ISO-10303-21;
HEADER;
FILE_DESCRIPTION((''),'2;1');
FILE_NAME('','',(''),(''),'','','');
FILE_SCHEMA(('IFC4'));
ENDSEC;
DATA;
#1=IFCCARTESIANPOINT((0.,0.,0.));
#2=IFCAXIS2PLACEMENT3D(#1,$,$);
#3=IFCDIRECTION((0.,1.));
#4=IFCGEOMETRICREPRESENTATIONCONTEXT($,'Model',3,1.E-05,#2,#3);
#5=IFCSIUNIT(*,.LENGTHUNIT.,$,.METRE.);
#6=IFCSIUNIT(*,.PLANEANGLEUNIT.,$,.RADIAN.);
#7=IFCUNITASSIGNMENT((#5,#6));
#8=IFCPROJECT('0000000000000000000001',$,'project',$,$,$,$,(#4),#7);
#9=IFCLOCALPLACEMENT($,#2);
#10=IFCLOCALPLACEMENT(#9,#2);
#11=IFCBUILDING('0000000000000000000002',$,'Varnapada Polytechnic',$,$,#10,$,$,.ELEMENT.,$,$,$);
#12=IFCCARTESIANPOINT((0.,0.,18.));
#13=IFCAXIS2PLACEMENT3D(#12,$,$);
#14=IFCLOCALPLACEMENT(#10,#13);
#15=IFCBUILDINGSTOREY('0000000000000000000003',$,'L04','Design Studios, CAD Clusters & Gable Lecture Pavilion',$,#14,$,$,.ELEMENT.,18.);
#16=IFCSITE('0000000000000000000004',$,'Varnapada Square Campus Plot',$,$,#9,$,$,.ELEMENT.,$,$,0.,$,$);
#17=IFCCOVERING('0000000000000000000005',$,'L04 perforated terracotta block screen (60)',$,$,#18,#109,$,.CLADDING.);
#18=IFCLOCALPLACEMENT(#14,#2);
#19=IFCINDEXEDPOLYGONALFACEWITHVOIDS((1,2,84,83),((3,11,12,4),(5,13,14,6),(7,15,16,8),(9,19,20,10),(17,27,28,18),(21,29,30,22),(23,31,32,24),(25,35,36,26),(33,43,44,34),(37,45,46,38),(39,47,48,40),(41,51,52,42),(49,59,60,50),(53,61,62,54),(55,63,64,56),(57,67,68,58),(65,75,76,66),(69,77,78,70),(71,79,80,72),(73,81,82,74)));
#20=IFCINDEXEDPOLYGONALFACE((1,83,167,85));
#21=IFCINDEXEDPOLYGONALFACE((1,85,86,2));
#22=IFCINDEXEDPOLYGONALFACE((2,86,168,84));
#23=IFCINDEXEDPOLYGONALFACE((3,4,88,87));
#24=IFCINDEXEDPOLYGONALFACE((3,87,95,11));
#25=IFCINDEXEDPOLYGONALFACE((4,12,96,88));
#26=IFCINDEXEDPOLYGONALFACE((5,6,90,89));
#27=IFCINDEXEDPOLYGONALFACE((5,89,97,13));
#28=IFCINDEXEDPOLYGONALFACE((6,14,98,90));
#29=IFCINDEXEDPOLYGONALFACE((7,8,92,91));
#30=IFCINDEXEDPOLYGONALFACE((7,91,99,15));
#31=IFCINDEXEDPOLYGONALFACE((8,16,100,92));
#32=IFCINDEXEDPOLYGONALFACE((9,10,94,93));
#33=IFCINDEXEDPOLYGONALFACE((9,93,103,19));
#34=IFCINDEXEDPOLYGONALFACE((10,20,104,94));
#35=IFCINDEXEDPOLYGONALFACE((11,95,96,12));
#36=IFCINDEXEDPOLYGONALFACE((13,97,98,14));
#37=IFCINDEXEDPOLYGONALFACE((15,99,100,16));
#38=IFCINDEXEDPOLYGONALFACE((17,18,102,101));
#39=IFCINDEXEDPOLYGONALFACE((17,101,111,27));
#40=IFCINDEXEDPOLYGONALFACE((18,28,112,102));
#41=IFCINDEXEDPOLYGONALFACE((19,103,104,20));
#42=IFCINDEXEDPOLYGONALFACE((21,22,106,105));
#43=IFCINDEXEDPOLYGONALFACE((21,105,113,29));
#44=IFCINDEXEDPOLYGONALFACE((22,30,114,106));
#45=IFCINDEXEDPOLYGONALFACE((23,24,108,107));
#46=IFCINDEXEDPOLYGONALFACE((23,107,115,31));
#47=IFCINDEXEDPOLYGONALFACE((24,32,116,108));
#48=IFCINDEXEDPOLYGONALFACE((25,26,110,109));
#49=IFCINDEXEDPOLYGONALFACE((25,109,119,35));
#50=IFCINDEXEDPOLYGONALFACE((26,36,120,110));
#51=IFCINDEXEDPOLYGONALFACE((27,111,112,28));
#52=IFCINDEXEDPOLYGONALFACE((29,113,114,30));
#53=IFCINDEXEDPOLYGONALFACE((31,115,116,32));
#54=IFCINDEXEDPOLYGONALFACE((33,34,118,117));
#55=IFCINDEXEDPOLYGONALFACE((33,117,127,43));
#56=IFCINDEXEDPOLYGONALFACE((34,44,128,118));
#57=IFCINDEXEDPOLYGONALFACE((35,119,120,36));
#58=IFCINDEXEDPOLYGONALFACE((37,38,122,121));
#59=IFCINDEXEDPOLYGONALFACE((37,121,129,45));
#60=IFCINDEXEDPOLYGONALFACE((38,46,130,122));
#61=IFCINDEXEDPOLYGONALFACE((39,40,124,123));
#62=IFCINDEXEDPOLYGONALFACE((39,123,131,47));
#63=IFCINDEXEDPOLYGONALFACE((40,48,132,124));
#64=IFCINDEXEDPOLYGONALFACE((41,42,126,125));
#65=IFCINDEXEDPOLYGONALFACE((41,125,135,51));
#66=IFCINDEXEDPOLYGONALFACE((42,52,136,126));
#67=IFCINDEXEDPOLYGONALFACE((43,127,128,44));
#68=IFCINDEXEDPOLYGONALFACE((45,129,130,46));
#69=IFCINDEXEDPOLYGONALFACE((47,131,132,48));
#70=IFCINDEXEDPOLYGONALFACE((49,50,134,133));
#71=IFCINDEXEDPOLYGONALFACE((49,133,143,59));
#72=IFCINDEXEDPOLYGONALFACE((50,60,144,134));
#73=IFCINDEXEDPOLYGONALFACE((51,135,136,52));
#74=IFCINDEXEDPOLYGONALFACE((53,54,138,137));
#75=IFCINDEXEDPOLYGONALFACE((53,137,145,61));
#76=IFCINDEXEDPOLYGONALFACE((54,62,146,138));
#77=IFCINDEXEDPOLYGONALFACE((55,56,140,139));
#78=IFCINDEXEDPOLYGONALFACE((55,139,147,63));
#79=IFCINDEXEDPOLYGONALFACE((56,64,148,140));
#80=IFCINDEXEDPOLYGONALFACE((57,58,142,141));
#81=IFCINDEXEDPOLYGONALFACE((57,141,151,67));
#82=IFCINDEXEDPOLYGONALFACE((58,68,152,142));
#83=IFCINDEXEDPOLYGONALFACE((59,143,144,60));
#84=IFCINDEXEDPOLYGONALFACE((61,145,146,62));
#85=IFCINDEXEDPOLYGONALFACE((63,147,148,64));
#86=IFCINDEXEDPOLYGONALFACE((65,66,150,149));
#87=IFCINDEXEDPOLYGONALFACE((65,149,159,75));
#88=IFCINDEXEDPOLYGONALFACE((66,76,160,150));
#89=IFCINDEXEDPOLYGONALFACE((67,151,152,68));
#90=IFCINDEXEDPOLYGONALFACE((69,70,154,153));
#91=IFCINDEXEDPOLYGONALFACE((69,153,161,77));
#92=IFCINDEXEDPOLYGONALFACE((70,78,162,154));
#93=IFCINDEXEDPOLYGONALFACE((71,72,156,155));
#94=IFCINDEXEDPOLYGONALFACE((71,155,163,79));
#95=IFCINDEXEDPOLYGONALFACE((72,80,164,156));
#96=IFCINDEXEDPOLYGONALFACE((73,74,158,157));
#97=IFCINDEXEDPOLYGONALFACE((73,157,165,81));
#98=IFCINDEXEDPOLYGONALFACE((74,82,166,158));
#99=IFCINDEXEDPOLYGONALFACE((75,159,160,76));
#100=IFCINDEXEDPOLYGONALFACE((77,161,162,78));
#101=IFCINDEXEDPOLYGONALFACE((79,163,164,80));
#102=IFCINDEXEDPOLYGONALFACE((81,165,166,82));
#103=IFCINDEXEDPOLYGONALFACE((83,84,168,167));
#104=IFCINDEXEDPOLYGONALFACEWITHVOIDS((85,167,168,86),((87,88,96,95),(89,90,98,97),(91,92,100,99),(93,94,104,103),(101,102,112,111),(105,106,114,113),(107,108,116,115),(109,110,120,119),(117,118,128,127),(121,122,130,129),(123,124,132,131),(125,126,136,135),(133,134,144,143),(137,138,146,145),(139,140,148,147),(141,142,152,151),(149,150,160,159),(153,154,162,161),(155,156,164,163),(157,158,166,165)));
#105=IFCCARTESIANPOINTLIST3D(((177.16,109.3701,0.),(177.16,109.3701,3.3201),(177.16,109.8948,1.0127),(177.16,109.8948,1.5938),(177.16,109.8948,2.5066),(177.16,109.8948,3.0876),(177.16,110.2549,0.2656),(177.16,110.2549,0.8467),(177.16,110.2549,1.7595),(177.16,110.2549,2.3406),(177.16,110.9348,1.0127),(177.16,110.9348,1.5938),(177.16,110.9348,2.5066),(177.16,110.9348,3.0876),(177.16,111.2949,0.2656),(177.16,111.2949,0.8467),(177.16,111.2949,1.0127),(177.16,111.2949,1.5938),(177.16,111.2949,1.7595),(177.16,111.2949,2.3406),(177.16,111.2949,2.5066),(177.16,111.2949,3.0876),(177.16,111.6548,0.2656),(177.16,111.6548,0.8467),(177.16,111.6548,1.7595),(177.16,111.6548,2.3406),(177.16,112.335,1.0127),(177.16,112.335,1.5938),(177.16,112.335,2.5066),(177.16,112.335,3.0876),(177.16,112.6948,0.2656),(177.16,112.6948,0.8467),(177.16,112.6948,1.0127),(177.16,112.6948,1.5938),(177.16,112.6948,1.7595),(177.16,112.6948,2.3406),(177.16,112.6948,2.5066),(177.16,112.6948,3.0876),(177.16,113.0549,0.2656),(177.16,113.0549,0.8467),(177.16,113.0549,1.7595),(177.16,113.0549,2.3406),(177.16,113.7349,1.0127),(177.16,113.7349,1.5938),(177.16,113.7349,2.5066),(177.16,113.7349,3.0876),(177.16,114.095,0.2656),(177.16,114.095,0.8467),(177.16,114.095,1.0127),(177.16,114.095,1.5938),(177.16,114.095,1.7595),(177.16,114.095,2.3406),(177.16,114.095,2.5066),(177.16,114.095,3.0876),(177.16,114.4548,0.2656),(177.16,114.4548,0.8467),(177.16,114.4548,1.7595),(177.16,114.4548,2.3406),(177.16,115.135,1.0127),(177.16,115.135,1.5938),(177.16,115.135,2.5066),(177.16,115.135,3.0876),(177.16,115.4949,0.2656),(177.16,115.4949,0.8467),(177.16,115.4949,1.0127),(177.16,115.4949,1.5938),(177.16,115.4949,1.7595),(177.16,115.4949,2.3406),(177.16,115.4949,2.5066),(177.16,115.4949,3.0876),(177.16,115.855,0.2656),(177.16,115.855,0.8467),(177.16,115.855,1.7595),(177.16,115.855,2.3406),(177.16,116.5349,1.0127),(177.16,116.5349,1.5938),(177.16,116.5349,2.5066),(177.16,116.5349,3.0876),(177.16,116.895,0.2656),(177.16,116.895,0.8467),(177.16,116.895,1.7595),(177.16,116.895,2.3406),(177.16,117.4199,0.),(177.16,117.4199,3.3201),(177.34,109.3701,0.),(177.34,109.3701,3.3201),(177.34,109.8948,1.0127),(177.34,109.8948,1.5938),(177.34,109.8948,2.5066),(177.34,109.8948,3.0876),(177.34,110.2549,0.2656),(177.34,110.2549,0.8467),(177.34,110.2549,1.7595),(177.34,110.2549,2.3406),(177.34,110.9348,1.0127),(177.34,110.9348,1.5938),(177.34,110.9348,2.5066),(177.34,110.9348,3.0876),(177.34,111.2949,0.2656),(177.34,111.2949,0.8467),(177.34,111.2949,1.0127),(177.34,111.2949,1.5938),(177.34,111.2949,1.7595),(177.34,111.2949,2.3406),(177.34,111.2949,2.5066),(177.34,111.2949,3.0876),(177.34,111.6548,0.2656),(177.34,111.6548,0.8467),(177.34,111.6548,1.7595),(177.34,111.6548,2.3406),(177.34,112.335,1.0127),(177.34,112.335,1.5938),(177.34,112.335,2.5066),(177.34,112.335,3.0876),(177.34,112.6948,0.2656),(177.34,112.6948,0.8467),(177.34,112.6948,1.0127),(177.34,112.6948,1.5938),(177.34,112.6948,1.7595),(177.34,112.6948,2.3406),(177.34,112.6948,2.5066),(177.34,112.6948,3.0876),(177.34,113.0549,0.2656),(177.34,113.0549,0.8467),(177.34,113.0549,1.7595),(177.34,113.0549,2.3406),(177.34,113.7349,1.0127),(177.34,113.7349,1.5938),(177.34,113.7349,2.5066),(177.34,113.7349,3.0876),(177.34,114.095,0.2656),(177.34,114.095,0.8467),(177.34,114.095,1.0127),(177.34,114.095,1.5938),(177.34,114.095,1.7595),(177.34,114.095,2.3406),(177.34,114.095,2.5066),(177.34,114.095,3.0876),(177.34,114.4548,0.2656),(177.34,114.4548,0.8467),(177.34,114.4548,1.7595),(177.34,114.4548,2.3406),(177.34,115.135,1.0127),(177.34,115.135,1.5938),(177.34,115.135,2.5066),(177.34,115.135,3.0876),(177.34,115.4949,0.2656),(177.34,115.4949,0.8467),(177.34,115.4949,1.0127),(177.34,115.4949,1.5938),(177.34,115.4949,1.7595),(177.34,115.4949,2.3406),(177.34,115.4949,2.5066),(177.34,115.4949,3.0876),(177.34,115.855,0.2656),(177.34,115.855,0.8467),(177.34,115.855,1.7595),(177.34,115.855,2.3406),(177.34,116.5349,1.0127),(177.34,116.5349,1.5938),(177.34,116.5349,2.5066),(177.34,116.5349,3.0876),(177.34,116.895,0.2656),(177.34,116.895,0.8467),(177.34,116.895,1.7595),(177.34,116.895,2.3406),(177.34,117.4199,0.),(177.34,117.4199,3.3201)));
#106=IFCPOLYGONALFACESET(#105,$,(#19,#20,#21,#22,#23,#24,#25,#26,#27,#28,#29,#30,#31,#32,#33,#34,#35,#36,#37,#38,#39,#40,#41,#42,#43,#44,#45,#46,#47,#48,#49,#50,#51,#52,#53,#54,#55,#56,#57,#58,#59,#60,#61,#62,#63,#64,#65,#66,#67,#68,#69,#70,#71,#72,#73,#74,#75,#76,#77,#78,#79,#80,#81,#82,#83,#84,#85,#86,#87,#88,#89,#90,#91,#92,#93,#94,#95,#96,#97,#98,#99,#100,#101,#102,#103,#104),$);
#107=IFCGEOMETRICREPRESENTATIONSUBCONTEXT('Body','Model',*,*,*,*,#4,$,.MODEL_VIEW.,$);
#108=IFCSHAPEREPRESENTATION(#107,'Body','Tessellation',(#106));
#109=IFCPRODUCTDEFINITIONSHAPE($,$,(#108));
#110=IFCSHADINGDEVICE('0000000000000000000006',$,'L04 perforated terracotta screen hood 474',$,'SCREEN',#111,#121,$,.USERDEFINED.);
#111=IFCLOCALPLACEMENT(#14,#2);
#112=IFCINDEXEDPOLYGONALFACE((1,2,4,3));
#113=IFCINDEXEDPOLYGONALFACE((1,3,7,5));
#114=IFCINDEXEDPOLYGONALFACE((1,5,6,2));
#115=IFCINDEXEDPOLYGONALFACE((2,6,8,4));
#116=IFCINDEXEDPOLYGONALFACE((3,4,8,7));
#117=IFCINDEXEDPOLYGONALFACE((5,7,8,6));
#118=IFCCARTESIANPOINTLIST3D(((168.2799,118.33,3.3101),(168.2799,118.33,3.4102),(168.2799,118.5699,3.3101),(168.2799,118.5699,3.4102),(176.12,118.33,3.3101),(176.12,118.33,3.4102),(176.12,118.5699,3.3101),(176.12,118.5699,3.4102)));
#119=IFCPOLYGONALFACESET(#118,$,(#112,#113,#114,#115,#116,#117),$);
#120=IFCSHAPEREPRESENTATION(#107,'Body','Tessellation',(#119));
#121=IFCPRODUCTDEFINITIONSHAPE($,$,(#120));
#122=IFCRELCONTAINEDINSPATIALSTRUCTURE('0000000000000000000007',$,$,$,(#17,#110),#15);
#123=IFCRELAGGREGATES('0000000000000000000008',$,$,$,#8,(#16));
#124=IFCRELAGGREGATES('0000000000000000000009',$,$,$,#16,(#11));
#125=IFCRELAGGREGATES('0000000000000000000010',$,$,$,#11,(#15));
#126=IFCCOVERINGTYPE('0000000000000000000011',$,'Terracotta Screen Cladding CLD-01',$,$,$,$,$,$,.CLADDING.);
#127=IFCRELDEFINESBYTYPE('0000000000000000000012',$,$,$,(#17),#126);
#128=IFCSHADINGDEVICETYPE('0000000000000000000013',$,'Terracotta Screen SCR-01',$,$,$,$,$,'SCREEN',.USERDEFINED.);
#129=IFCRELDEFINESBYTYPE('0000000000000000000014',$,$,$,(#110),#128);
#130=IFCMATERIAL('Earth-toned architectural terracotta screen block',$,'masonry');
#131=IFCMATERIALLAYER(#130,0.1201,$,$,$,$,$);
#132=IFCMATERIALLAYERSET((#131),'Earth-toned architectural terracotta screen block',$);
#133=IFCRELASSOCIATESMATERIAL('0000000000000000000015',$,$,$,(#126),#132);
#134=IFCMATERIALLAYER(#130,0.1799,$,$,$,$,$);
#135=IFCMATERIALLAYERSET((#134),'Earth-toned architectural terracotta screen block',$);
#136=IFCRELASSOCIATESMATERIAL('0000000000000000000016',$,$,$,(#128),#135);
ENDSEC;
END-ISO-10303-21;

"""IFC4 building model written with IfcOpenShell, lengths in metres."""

from ifc_helpers import new_model, si_unit, direction, frame, frame_2d, origin, origin_2d, place, context, subcontext, project, spatial, rectangle, extrude, material, layer, layer_set, type_object, element, save


model = new_model("IFC4")

# Units and contexts
model_context = context("Model", 3, precision=1e-05, world=origin(), true_north=direction((0.0, 1.0)))
body_context = subcontext(model_context, "Body", "Model", "MODEL_VIEW")
ifc_project = project(units=[si_unit("LENGTHUNIT", "METRE"), si_unit("PLANEANGLEUNIT", "RADIAN")], contexts=[model_context])

# Site, building, storey
site_placement = place(None, origin())
site = spatial("IfcSite", under=ifc_project, at=site_placement, Name="Varnapada Square Campus Plot", CompositionType="ELEMENT", RefElevation=0.0)
building_placement = place(site_placement, origin())
building = spatial("IfcBuilding", under=site, at=building_placement, Name="Varnapada Polytechnic", CompositionType="ELEMENT")
storey_placement = place(building_placement, frame((0.0, 0.0, 18.0)))
storey = spatial("IfcBuildingStorey", under=building, at=storey_placement, Name="L04", Description="Design Studios, CAD Clusters & Gable Lecture Pavilion", CompositionType="ELEMENT", Elevation=18.0)

# Covering, openings
ifc_material_1 = material(Name="Earth-toned architectural terracotta screen block", Category="masonry")
ifc_layer_1 = layer(ifc_material_1, 0.1201)
ifc_layer_set_1 = layer_set([ifc_layer_1], Name="Earth-toned architectural terracotta screen block")
covering_type = type_object("IfcCoveringType", Name="Terracotta Screen Cladding CLD-01", PredefinedType="CLADDING", material=ifc_layer_set_1)
covering_placement = place(storey_placement, frame((177.25, 117.4199, 0.0), z_axis=(0.0, 0.0, 1.0), x_axis=(0.0, -1.0, 0.0)))
covering = element("IfcCovering", 1, at=covering_placement, inside=storey, type_object=covering_type, Name="L04 perforated terracotta block screen (60)", PredefinedType="CLADDING", context=body_context, shape_type="SweptSolid", body=[
    extrude(rectangle(XDim=8.0498, YDim=0.1799, at=frame_2d((4.0249, 0.0))), origin(), (0.0, 0.0, 1.0), 3.3201),
])
opening_1_placement = place(covering_placement, frame((0.5249, 0.0, 0.2656)))
element("IfcOpeningElement", 2, at=opening_1_placement, cuts=covering, PredefinedType="OPENING", context=body_context, shape_type="SweptSolid", body=[
    extrude(rectangle(XDim=1.04, YDim=0.5811, at=frame_2d((0.52, 0.2905))), frame((0.0, 0.0999, 0.0), z_axis=(0.0, -1.0, 0.0), x_axis=(1.0, 0.0, 0.0)), (0.0, 0.0, 1.0), 0.2),
])
opening_2_placement = place(covering_placement, frame((1.925, 0.0, 0.2656)))
element("IfcOpeningElement", 3, at=opening_2_placement, cuts=covering, PredefinedType="OPENING", context=body_context, shape_type="SweptSolid", body=[
    extrude(rectangle(XDim=1.04, YDim=0.5811, at=frame_2d((0.52, 0.2905))), frame((0.0, 0.0999, 0.0), z_axis=(0.0, -1.0, 0.0), x_axis=(1.0, 0.0, 0.0)), (0.0, 0.0, 1.0), 0.2),
])
opening_3_placement = place(covering_placement, frame((3.325, 0.0, 0.2656)))
element("IfcOpeningElement", 4, at=opening_3_placement, cuts=covering, PredefinedType="OPENING", context=body_context, shape_type="SweptSolid", body=[
    extrude(rectangle(XDim=1.04, YDim=0.5811, at=frame_2d((0.52, 0.2905))), frame((0.0, 0.0999, 0.0), z_axis=(0.0, -1.0, 0.0), x_axis=(1.0, 0.0, 0.0)), (0.0, 0.0, 1.0), 0.2),
])
opening_4_placement = place(covering_placement, frame((4.7251, 0.0, 0.2656)))
element("IfcOpeningElement", 5, at=opening_4_placement, cuts=covering, PredefinedType="OPENING", context=body_context, shape_type="SweptSolid", body=[
    extrude(rectangle(XDim=1.04, YDim=0.5811, at=frame_2d((0.52, 0.2905))), frame((0.0, 0.0999, 0.0), z_axis=(0.0, -1.0, 0.0), x_axis=(1.0, 0.0, 0.0)), (0.0, 0.0, 1.0), 0.2),
])
opening_5_placement = place(covering_placement, frame((6.125, 0.0, 0.2656)))
element("IfcOpeningElement", 6, at=opening_5_placement, cuts=covering, PredefinedType="OPENING", context=body_context, shape_type="SweptSolid", body=[
    extrude(rectangle(XDim=1.04, YDim=0.5811, at=frame_2d((0.52, 0.2905))), frame((0.0, 0.0999, 0.0), z_axis=(0.0, -1.0, 0.0), x_axis=(1.0, 0.0, 0.0)), (0.0, 0.0, 1.0), 0.2),
])
opening_6_placement = place(covering_placement, frame((0.885, 0.0, 1.0127)))
element("IfcOpeningElement", 7, at=opening_6_placement, cuts=covering, PredefinedType="OPENING", context=body_context, shape_type="SweptSolid", body=[
    extrude(rectangle(XDim=1.04, YDim=0.5811, at=frame_2d((0.52, 0.2905))), frame((0.0, 0.0999, 0.0), z_axis=(0.0, -1.0, 0.0), x_axis=(1.0, 0.0, 0.0)), (0.0, 0.0, 1.0), 0.2),
])
opening_7_placement = place(covering_placement, frame((2.2849, 0.0, 1.0127)))
element("IfcOpeningElement", 8, at=opening_7_placement, cuts=covering, PredefinedType="OPENING", context=body_context, shape_type="SweptSolid", body=[
    extrude(rectangle(XDim=1.04, YDim=0.5811, at=frame_2d((0.52, 0.2905))), frame((0.0, 0.0999, 0.0), z_axis=(0.0, -1.0, 0.0), x_axis=(1.0, 0.0, 0.0)), (0.0, 0.0, 1.0), 0.2),
])
opening_8_placement = place(covering_placement, frame((3.6851, 0.0, 1.0127)))
element("IfcOpeningElement", 9, at=opening_8_placement, cuts=covering, PredefinedType="OPENING", context=body_context, shape_type="SweptSolid", body=[
    extrude(rectangle(XDim=1.04, YDim=0.5811, at=frame_2d((0.52, 0.2905))), frame((0.0, 0.0999, 0.0), z_axis=(0.0, -1.0, 0.0), x_axis=(1.0, 0.0, 0.0)), (0.0, 0.0, 1.0), 0.2),
])
opening_9_placement = place(covering_placement, frame((5.085, 0.0, 1.0127)))
element("IfcOpeningElement", 10, at=opening_9_placement, cuts=covering, PredefinedType="OPENING", context=body_context, shape_type="SweptSolid", body=[
    extrude(rectangle(XDim=1.04, YDim=0.5811, at=frame_2d((0.52, 0.2905))), frame((0.0, 0.0999, 0.0), z_axis=(0.0, -1.0, 0.0), x_axis=(1.0, 0.0, 0.0)), (0.0, 0.0, 1.0), 0.2),
])
opening_10_placement = place(covering_placement, frame((6.4851, 0.0, 1.0127)))
element("IfcOpeningElement", 11, at=opening_10_placement, cuts=covering, PredefinedType="OPENING", context=body_context, shape_type="SweptSolid", body=[
    extrude(rectangle(XDim=1.04, YDim=0.5811, at=frame_2d((0.52, 0.2905))), frame((0.0, 0.0999, 0.0), z_axis=(0.0, -1.0, 0.0), x_axis=(1.0, 0.0, 0.0)), (0.0, 0.0, 1.0), 0.2),
])
opening_11_placement = place(covering_placement, frame((0.5249, 0.0, 1.7595)))
element("IfcOpeningElement", 12, at=opening_11_placement, cuts=covering, PredefinedType="OPENING", context=body_context, shape_type="SweptSolid", body=[
    extrude(rectangle(XDim=1.04, YDim=0.5811, at=frame_2d((0.52, 0.2905))), frame((0.0, 0.0999, 0.0), z_axis=(0.0, -1.0, 0.0), x_axis=(1.0, 0.0, 0.0)), (0.0, 0.0, 1.0), 0.2),
])
opening_12_placement = place(covering_placement, frame((1.925, 0.0, 1.7595)))
element("IfcOpeningElement", 13, at=opening_12_placement, cuts=covering, PredefinedType="OPENING", context=body_context, shape_type="SweptSolid", body=[
    extrude(rectangle(XDim=1.04, YDim=0.5811, at=frame_2d((0.52, 0.2905))), frame((0.0, 0.0999, 0.0), z_axis=(0.0, -1.0, 0.0), x_axis=(1.0, 0.0, 0.0)), (0.0, 0.0, 1.0), 0.2),
])
opening_13_placement = place(covering_placement, frame((3.325, 0.0, 1.7595)))
element("IfcOpeningElement", 14, at=opening_13_placement, cuts=covering, PredefinedType="OPENING", context=body_context, shape_type="SweptSolid", body=[
    extrude(rectangle(XDim=1.04, YDim=0.5811, at=frame_2d((0.52, 0.2905))), frame((0.0, 0.0999, 0.0), z_axis=(0.0, -1.0, 0.0), x_axis=(1.0, 0.0, 0.0)), (0.0, 0.0, 1.0), 0.2),
])
opening_14_placement = place(covering_placement, frame((4.7251, 0.0, 1.7595)))
element("IfcOpeningElement", 15, at=opening_14_placement, cuts=covering, PredefinedType="OPENING", context=body_context, shape_type="SweptSolid", body=[
    extrude(rectangle(XDim=1.04, YDim=0.5811, at=frame_2d((0.52, 0.2905))), frame((0.0, 0.0999, 0.0), z_axis=(0.0, -1.0, 0.0), x_axis=(1.0, 0.0, 0.0)), (0.0, 0.0, 1.0), 0.2),
])
opening_15_placement = place(covering_placement, frame((6.125, 0.0, 1.7595)))
element("IfcOpeningElement", 16, at=opening_15_placement, cuts=covering, PredefinedType="OPENING", context=body_context, shape_type="SweptSolid", body=[
    extrude(rectangle(XDim=1.04, YDim=0.5811, at=frame_2d((0.52, 0.2905))), frame((0.0, 0.0999, 0.0), z_axis=(0.0, -1.0, 0.0), x_axis=(1.0, 0.0, 0.0)), (0.0, 0.0, 1.0), 0.2),
])
opening_16_placement = place(covering_placement, frame((0.885, 0.0, 2.5066)))
element("IfcOpeningElement", 17, at=opening_16_placement, cuts=covering, PredefinedType="OPENING", context=body_context, shape_type="SweptSolid", body=[
    extrude(rectangle(XDim=1.04, YDim=0.5811, at=frame_2d((0.52, 0.2905))), frame((0.0, 0.0999, 0.0), z_axis=(0.0, -1.0, 0.0), x_axis=(1.0, 0.0, 0.0)), (0.0, 0.0, 1.0), 0.2),
])
opening_17_placement = place(covering_placement, frame((2.2849, 0.0, 2.5066)))
element("IfcOpeningElement", 18, at=opening_17_placement, cuts=covering, PredefinedType="OPENING", context=body_context, shape_type="SweptSolid", body=[
    extrude(rectangle(XDim=1.04, YDim=0.5811, at=frame_2d((0.52, 0.2905))), frame((0.0, 0.0999, 0.0), z_axis=(0.0, -1.0, 0.0), x_axis=(1.0, 0.0, 0.0)), (0.0, 0.0, 1.0), 0.2),
])
opening_18_placement = place(covering_placement, frame((3.6851, 0.0, 2.5066)))
element("IfcOpeningElement", 19, at=opening_18_placement, cuts=covering, PredefinedType="OPENING", context=body_context, shape_type="SweptSolid", body=[
    extrude(rectangle(XDim=1.04, YDim=0.5811, at=frame_2d((0.52, 0.2905))), frame((0.0, 0.0999, 0.0), z_axis=(0.0, -1.0, 0.0), x_axis=(1.0, 0.0, 0.0)), (0.0, 0.0, 1.0), 0.2),
])
opening_19_placement = place(covering_placement, frame((5.085, 0.0, 2.5066)))
element("IfcOpeningElement", 20, at=opening_19_placement, cuts=covering, PredefinedType="OPENING", context=body_context, shape_type="SweptSolid", body=[
    extrude(rectangle(XDim=1.04, YDim=0.5811, at=frame_2d((0.52, 0.2905))), frame((0.0, 0.0999, 0.0), z_axis=(0.0, -1.0, 0.0), x_axis=(1.0, 0.0, 0.0)), (0.0, 0.0, 1.0), 0.2),
])
opening_20_placement = place(covering_placement, frame((6.4851, 0.0, 2.5066)))
element("IfcOpeningElement", 21, at=opening_20_placement, cuts=covering, PredefinedType="OPENING", context=body_context, shape_type="SweptSolid", body=[
    extrude(rectangle(XDim=1.04, YDim=0.5811, at=frame_2d((0.52, 0.2905))), frame((0.0, 0.0999, 0.0), z_axis=(0.0, -1.0, 0.0), x_axis=(1.0, 0.0, 0.0)), (0.0, 0.0, 1.0), 0.2),
])

# Shading device
ifc_layer_2 = layer(ifc_material_1, 0.1799)
ifc_layer_set_2 = layer_set([ifc_layer_2], Name="Earth-toned architectural terracotta screen block")
shading_device_type = type_object("IfcShadingDeviceType", Name="Terracotta Screen SCR-01", ElementType="SCREEN", PredefinedType="USERDEFINED", material=ifc_layer_set_2)
shading_device_1_placement = place(storey_placement, frame((172.2, 118.45, 3.3101), z_axis=(0.0, 0.0, 1.0), x_axis=(1.0, 0.0, 0.0)))
element("IfcShadingDevice", 22, at=shading_device_1_placement, inside=storey, type_object=shading_device_type, Name="L04 perforated terracotta screen hood 474", ObjectType="SCREEN", PredefinedType="USERDEFINED", context=body_context, shape_type="SweptSolid", body=[
    extrude(rectangle(XDim=7.8401, YDim=0.24, at=origin_2d()), origin(), (0.0, 0.0, 1.0), 0.1001),
])

save(model, "model.ifc")
